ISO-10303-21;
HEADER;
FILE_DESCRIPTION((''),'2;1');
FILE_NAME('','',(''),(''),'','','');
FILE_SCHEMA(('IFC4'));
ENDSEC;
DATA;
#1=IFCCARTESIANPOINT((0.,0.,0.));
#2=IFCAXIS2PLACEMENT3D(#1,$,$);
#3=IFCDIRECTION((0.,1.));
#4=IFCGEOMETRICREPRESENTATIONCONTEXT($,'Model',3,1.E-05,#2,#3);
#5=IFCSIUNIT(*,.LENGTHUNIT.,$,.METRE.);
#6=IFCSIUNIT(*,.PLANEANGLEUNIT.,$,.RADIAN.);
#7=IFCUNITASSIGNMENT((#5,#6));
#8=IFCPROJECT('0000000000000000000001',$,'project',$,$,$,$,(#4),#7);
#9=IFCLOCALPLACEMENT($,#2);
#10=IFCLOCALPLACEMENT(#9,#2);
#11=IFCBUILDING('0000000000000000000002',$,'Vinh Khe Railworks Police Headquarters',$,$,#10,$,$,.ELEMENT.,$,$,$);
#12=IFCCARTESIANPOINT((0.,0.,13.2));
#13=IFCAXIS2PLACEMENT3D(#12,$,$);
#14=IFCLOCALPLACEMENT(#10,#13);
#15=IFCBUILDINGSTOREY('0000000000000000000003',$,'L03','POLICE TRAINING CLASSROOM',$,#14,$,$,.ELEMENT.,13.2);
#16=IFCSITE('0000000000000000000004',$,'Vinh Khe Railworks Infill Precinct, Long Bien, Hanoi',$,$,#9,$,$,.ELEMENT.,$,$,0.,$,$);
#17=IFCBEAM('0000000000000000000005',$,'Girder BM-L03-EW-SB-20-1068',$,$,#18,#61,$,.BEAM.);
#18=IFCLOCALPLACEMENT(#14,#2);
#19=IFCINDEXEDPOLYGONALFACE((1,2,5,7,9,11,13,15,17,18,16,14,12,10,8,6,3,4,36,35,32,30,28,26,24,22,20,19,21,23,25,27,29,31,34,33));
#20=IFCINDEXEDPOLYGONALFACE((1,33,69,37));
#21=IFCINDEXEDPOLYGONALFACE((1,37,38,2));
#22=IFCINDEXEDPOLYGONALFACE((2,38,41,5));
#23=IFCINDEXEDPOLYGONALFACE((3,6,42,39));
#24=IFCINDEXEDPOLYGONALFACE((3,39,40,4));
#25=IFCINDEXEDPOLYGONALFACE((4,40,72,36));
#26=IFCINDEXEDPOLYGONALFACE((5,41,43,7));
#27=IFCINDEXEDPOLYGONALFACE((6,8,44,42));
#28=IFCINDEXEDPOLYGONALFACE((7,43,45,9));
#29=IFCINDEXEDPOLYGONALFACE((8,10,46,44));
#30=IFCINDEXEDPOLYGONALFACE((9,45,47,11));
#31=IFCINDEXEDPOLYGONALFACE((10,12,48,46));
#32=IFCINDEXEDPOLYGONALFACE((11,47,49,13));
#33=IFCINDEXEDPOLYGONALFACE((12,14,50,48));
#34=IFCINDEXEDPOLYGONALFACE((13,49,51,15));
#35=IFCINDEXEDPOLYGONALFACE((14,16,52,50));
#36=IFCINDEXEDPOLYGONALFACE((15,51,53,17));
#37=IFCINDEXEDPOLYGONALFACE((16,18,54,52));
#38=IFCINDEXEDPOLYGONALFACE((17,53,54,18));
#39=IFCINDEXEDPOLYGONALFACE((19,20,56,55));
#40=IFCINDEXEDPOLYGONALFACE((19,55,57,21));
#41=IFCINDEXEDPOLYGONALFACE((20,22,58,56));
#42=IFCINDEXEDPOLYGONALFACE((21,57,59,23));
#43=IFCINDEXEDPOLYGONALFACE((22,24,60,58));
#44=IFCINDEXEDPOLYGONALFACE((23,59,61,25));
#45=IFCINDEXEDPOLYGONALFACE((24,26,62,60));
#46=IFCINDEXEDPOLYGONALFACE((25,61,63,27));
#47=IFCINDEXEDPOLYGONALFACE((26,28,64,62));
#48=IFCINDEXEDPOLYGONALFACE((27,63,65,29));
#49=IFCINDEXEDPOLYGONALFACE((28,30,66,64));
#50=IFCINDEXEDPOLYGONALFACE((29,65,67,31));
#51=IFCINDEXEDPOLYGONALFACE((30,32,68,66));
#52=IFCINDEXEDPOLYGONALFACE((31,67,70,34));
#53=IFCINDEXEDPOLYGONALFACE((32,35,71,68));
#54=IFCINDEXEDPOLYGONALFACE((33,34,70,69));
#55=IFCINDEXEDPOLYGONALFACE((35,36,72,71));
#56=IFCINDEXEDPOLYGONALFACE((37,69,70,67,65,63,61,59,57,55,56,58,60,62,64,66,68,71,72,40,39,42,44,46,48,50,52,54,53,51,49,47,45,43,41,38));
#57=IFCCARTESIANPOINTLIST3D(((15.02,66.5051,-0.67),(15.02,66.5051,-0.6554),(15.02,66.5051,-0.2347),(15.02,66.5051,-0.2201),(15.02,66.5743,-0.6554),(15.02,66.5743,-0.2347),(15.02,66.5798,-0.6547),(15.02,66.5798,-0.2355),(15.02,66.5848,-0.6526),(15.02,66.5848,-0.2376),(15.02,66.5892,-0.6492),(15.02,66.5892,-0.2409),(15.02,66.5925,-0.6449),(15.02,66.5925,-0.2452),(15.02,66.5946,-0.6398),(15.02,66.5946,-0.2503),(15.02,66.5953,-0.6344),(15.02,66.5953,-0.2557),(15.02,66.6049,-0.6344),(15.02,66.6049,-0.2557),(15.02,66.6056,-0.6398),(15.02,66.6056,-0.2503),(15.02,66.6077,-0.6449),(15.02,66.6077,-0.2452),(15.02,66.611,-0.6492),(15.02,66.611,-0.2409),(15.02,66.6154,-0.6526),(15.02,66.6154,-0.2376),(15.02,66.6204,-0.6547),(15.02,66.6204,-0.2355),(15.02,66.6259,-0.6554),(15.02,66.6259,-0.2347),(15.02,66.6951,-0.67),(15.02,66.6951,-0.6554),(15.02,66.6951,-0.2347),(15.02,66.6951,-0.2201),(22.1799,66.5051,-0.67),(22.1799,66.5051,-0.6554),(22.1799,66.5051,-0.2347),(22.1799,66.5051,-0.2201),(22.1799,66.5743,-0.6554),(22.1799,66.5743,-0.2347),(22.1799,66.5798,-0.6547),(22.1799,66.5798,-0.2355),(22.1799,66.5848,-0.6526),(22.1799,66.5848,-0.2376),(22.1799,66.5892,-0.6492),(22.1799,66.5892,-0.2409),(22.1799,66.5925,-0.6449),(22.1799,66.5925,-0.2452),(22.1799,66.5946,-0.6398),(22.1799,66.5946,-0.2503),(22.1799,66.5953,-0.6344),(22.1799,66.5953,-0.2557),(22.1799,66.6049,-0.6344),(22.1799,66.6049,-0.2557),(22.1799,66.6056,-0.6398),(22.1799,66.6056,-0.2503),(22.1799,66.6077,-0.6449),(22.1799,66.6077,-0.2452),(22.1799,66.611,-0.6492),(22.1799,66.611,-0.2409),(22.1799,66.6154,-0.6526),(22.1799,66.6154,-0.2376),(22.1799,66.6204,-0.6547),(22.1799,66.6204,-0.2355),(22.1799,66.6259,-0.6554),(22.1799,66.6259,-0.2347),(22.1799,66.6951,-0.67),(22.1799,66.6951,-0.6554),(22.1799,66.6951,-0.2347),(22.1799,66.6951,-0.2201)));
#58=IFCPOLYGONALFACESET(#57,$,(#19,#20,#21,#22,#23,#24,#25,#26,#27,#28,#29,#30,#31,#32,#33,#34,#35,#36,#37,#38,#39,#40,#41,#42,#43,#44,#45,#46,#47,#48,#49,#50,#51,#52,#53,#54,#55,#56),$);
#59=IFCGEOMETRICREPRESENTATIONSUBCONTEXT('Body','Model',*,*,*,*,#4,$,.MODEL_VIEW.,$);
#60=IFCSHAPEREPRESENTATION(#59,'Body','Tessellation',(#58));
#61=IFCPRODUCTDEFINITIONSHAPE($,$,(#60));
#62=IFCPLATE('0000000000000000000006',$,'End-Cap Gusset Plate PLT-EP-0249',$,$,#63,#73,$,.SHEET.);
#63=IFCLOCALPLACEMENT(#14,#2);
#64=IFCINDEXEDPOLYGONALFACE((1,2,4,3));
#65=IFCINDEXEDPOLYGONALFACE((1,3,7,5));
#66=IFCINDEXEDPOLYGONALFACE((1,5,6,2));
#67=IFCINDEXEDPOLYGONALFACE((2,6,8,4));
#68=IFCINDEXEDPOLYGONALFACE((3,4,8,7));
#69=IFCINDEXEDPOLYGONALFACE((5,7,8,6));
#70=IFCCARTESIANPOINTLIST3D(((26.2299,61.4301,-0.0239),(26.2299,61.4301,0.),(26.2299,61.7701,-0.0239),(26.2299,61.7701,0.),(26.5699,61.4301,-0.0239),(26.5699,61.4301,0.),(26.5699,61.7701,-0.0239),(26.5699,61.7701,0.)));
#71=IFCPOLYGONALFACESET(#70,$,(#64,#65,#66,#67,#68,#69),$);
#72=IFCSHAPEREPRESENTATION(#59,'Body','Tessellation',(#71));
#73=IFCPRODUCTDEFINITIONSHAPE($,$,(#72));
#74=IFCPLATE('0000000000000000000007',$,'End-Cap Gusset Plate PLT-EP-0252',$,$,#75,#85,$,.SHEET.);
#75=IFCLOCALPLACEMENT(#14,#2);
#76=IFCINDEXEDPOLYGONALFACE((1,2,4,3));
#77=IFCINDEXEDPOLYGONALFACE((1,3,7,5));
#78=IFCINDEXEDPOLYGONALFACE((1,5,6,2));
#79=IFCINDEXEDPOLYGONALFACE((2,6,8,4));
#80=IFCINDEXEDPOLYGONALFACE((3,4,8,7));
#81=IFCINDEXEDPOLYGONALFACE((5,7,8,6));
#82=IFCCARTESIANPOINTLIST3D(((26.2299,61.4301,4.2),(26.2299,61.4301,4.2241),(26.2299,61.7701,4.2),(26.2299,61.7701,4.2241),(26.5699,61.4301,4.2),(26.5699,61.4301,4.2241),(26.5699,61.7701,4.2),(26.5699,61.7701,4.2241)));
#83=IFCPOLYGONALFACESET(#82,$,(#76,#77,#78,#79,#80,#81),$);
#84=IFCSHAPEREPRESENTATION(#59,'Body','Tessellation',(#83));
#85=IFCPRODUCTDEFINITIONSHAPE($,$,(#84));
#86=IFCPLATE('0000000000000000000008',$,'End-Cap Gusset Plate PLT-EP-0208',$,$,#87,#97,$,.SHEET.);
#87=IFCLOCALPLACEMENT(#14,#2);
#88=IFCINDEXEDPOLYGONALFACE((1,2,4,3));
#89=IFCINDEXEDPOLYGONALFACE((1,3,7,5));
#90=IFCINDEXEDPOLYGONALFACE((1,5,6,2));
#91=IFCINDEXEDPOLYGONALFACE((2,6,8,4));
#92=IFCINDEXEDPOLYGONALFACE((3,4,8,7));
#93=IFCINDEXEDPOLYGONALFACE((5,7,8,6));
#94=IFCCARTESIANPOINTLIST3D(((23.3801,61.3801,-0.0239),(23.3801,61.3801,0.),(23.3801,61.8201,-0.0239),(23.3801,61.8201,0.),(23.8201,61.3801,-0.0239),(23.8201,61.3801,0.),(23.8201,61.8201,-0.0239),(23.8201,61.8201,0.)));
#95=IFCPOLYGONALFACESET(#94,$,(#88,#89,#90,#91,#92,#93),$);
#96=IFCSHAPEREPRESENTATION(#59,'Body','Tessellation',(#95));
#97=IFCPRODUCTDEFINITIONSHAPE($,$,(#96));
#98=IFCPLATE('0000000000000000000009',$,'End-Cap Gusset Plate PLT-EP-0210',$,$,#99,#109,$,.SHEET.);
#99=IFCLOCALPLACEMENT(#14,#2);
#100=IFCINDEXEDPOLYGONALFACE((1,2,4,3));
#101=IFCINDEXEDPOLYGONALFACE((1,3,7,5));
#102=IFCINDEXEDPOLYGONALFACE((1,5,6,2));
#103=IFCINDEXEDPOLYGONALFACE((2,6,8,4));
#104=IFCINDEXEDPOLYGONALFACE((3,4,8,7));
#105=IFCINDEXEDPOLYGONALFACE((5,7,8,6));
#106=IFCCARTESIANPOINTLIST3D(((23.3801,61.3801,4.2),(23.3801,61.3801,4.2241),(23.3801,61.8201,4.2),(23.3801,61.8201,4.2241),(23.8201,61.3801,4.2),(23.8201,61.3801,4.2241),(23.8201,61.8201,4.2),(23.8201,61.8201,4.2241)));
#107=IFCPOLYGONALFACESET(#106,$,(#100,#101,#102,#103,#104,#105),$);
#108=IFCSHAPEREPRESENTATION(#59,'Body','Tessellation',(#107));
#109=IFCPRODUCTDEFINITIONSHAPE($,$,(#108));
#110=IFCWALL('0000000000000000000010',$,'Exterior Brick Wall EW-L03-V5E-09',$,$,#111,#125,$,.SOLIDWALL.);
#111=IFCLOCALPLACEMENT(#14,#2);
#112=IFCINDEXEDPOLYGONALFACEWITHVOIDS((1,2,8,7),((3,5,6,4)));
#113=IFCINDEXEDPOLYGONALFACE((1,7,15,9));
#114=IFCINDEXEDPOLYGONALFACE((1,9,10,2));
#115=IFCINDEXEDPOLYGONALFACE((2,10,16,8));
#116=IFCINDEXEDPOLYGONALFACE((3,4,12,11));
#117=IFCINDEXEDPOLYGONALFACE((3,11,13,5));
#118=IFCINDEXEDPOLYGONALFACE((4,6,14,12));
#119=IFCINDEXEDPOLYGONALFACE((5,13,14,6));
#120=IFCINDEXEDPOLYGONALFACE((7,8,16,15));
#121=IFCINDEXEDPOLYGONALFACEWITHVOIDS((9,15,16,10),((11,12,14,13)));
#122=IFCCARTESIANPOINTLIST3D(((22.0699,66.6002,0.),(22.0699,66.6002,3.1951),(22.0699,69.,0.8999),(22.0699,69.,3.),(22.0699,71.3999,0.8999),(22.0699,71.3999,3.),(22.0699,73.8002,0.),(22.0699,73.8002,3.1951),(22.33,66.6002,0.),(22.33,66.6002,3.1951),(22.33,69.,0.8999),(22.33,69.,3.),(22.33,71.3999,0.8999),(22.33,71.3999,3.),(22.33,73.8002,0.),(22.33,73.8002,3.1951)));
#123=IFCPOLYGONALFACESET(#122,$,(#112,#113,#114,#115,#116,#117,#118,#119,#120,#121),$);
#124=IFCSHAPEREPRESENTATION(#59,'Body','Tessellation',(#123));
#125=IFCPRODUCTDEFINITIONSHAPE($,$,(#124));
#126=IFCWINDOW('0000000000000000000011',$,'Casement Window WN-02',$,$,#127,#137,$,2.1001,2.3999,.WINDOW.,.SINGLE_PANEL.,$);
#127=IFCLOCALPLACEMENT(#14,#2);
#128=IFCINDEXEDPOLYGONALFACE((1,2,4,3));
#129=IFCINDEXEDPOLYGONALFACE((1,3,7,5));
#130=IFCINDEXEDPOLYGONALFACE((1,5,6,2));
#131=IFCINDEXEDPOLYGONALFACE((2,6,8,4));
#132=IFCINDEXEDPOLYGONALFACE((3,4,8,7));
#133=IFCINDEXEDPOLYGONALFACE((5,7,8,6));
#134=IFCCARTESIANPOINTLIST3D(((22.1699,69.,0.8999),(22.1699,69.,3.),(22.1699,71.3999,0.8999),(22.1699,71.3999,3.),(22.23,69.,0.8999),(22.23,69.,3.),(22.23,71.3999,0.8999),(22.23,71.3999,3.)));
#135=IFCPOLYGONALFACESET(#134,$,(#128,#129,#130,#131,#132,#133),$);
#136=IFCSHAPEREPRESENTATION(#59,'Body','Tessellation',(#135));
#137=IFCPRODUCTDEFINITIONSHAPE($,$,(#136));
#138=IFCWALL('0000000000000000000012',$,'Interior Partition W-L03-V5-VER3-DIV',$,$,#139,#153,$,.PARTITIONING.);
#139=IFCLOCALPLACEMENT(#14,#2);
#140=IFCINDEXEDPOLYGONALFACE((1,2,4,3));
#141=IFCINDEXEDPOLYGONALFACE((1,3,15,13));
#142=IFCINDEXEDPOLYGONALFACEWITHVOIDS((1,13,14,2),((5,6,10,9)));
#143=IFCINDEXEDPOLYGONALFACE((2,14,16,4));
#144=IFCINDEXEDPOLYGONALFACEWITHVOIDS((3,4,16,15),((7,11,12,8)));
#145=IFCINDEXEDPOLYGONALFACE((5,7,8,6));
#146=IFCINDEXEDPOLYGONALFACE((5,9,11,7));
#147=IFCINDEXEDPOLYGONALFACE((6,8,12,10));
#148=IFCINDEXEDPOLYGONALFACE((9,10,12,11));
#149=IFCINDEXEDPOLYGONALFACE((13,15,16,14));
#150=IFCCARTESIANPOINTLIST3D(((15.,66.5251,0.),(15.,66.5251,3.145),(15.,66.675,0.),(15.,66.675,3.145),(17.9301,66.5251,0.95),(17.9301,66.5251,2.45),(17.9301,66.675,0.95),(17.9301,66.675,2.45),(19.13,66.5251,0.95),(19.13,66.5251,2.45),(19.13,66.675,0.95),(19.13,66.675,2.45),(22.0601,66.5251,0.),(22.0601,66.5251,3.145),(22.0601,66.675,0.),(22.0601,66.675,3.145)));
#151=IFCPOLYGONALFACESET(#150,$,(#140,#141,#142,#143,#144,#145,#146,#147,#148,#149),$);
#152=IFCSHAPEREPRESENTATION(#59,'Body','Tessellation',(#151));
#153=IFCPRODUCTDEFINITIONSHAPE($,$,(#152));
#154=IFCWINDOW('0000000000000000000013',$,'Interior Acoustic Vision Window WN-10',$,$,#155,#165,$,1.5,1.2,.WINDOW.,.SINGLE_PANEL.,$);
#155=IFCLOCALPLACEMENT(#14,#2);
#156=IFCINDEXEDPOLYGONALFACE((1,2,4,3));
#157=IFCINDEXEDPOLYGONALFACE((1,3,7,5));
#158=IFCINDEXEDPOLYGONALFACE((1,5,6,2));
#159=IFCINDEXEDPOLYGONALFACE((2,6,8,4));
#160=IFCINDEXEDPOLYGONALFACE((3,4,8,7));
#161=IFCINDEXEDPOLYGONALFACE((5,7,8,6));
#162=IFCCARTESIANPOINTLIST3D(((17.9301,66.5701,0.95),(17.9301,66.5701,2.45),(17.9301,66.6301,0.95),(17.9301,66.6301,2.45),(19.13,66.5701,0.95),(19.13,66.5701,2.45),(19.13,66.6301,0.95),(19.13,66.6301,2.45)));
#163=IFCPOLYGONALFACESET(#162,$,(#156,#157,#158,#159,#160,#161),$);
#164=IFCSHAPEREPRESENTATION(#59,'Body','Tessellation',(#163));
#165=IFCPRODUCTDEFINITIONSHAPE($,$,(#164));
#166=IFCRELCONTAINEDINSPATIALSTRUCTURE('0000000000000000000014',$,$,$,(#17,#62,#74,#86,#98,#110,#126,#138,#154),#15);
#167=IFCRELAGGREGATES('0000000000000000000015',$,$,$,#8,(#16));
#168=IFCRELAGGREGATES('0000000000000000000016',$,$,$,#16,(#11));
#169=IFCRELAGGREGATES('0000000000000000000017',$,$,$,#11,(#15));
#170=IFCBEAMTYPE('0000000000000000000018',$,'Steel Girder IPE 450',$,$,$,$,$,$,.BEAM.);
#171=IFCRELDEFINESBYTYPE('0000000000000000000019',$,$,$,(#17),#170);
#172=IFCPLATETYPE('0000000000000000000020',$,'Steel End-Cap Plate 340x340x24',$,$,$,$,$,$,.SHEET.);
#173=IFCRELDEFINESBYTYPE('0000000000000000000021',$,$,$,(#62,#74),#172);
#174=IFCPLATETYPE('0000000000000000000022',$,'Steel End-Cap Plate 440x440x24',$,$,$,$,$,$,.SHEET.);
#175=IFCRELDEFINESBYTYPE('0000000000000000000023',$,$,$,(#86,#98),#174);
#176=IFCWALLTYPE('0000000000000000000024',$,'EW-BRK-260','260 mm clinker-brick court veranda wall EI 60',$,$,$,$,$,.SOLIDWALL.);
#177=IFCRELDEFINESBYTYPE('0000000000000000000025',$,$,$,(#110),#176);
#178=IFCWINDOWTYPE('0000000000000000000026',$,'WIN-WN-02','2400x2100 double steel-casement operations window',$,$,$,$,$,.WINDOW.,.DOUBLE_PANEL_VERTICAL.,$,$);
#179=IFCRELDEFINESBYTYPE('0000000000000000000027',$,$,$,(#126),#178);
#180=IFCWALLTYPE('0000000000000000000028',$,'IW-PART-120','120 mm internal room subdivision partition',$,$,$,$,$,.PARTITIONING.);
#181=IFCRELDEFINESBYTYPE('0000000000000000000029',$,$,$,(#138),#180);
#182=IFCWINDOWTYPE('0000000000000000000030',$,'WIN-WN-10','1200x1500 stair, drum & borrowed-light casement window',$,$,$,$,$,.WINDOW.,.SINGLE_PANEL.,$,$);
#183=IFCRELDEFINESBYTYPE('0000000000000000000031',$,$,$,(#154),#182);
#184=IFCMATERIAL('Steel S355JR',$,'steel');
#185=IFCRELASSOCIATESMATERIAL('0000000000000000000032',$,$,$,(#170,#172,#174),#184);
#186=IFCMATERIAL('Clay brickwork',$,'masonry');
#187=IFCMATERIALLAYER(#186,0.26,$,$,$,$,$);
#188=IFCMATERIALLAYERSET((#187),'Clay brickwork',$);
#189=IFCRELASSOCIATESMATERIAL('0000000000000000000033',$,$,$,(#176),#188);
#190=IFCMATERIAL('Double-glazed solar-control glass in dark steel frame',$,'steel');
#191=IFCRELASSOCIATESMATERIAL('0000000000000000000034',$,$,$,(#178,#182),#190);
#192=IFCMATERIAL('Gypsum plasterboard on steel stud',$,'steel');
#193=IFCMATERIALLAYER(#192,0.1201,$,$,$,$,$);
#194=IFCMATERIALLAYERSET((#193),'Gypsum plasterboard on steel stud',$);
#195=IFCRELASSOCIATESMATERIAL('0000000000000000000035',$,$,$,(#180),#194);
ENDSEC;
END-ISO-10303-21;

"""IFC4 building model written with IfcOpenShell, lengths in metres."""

from ifc_helpers import new_model, si_unit, direction, frame, frame_2d, origin, origin_2d, place, context, subcontext, project, spatial, rectangle, i_section, extrude, material, layer, layer_set, material_profile, profile_set, type_object, element, fill, save


model = new_model("IFC4")

# Units and contexts
model_context = context("Model", 3, precision=1e-05, world=origin(), true_north=direction((0.0, 1.0)))
body_context = subcontext(model_context, "Body", "Model", "MODEL_VIEW")
ifc_project = project(units=[si_unit("LENGTHUNIT", "METRE"), si_unit("PLANEANGLEUNIT", "RADIAN")], contexts=[model_context])

# Site, building, storey
site_placement = place(None, origin())
site = spatial("IfcSite", under=ifc_project, at=site_placement, Name="Vinh Khe Railworks Infill Precinct, Long Bien, Hanoi", CompositionType="ELEMENT", RefElevation=0.0)
building_placement = place(site_placement, origin())
building = spatial("IfcBuilding", under=site, at=building_placement, Name="Vinh Khe Railworks Police Headquarters", CompositionType="ELEMENT")
storey_placement = place(building_placement, frame((0.0, 0.0, 13.2)))
storey = spatial("IfcBuildingStorey", under=building, at=storey_placement, Name="L03", Description="POLICE TRAINING CLASSROOM", CompositionType="ELEMENT", Elevation=13.2)

# Shared definitions
ifc_material_1 = material(Name="Steel S355JR", Category="steel")

# Beam
ifc_material_profile_1 = material_profile(ifc_material_1, i_section(OverallWidth=0.1899, OverallDepth=0.45, WebThickness=0.0095, FlangeThickness=0.0146, FilletRadius=0.021, at=origin_2d()), Name="IPE 450")
ifc_profile_set_1 = profile_set([ifc_material_profile_1], Name="Steel S355JR")
beam_type = type_object("IfcBeamType", Name="Steel Girder IPE 450", PredefinedType="BEAM", material=ifc_profile_set_1)
beam_placement = place(storey_placement, frame((15.02, 66.6001, -0.4451), z_axis=(1.0, 0.0, 0.0), x_axis=(0.0, 1.0, 0.0)))
element("IfcBeam", 1, at=beam_placement, inside=storey, type_object=beam_type, Name="Girder BM-L03-EW-SB-20-1068", PredefinedType="BEAM", context=body_context, shape_type="SweptSolid", body=[
    extrude(i_section(OverallWidth=0.1899, OverallDepth=0.45, WebThickness=0.0095, FlangeThickness=0.0146, FilletRadius=0.021, at=origin_2d()), origin(), (0.0, 0.0, 1.0), 7.1599),
])

# Plates
ifc_material_profile_2 = material_profile(ifc_material_1, rectangle(XDim=0.3401, YDim=0.3401, at=origin_2d()), Name="PL 340x340")
ifc_profile_set_2 = profile_set([ifc_material_profile_2], Name="Steel S355JR")
plate_type_1 = type_object("IfcPlateType", Name="Steel End-Cap Plate 340x340x24", PredefinedType="SHEET", material=ifc_profile_set_2)
plate_1_placement = place(storey_placement, frame((26.3999, 61.6001, 0.0), z_axis=(0.0, 0.0, -1.0), x_axis=(1.0, 0.0, 0.0)))
element("IfcPlate", 2, at=plate_1_placement, inside=storey, type_object=plate_type_1, Name="End-Cap Gusset Plate PLT-EP-0249", PredefinedType="SHEET", context=body_context, shape_type="SweptSolid", body=[
    extrude(rectangle(XDim=0.3401, YDim=0.3401, at=origin_2d()), origin(), (0.0, 0.0, 1.0), 0.0239),
])
plate_2_placement = place(storey_placement, frame((26.3999, 61.6001, 4.2), z_axis=(0.0, 0.0, 1.0), x_axis=(1.0, 0.0, 0.0)))
element("IfcPlate", 3, at=plate_2_placement, inside=storey, type_object=plate_type_1, Name="End-Cap Gusset Plate PLT-EP-0252", PredefinedType="SHEET", context=body_context, shape_type="SweptSolid", body=[
    extrude(rectangle(XDim=0.3401, YDim=0.3401, at=origin_2d()), origin(), (0.0, 0.0, 1.0), 0.0242),
])
ifc_material_profile_3 = material_profile(ifc_material_1, rectangle(XDim=0.4399, YDim=0.4399, at=origin_2d()), Name="PL 440x440")
ifc_profile_set_3 = profile_set([ifc_material_profile_3], Name="Steel S355JR")
plate_type_2 = type_object("IfcPlateType", Name="Steel End-Cap Plate 440x440x24", PredefinedType="SHEET", material=ifc_profile_set_3)
plate_3_placement = place(storey_placement, frame((23.6001, 61.6001, 0.0), z_axis=(0.0, 0.0, -1.0), x_axis=(1.0, 0.0, 0.0)))
element("IfcPlate", 4, at=plate_3_placement, inside=storey, type_object=plate_type_2, Name="End-Cap Gusset Plate PLT-EP-0208", PredefinedType="SHEET", context=body_context, shape_type="SweptSolid", body=[
    extrude(rectangle(XDim=0.4399, YDim=0.4399, at=origin_2d()), origin(), (0.0, 0.0, 1.0), 0.0239),
])
plate_4_placement = place(storey_placement, frame((23.6001, 61.6001, 4.2), z_axis=(0.0, 0.0, 1.0), x_axis=(1.0, 0.0, 0.0)))
element("IfcPlate", 5, at=plate_4_placement, inside=storey, type_object=plate_type_2, Name="End-Cap Gusset Plate PLT-EP-0210", PredefinedType="SHEET", context=body_context, shape_type="SweptSolid", body=[
    extrude(rectangle(XDim=0.4399, YDim=0.4399, at=origin_2d()), origin(), (0.0, 0.0, 1.0), 0.0242),
])

# Walls, openings, windows
ifc_material_2 = material(Name="Clay brickwork", Category="masonry")
ifc_layer_1 = layer(ifc_material_2, 0.26)
ifc_layer_set_1 = layer_set([ifc_layer_1], Name="Clay brickwork")
wall_type_1 = type_object("IfcWallType", Name="EW-BRK-260", Description="260 mm clinker-brick court veranda wall EI 60", PredefinedType="SOLIDWALL", material=ifc_layer_set_1)
wall_1_placement = place(storey_placement, frame((22.2, 66.6001, 0.0), z_axis=(0.0, 0.0, 1.0), x_axis=(0.0, 1.0, 0.0)))
wall_1 = element("IfcWall", 6, at=wall_1_placement, inside=storey, type_object=wall_type_1, Name="Exterior Brick Wall EW-L03-V5E-09", PredefinedType="SOLIDWALL", context=body_context, shape_type="SweptSolid", body=[
    extrude(rectangle(XDim=7.2, YDim=0.26, at=frame_2d((3.6001, 0.0))), origin(), (0.0, 0.0, 1.0), 3.1951),
])
opening_1_placement = place(wall_1_placement, frame((2.3999, 0.0, 0.8999)))
opening_1 = element("IfcOpeningElement", 7, at=opening_1_placement, cuts=wall_1, PredefinedType="OPENING", context=body_context, shape_type="SweptSolid", body=[
    extrude(rectangle(XDim=2.3999, YDim=2.1001, at=frame_2d((1.2, 1.05))), frame((0.0, 0.145, 0.0), z_axis=(0.0, -1.0, 0.0), x_axis=(1.0, 0.0, 0.0)), (0.0, 0.0, 1.0), 0.2898),
])
ifc_material_3 = material(Name="Double-glazed solar-control glass in dark steel frame", Category="steel")
window_type_1 = type_object("IfcWindowType", Name="WIN-WN-02", Description="2400x2100 double steel-casement operations window", PartitioningType="DOUBLE_PANEL_VERTICAL", PredefinedType="WINDOW", material=ifc_material_3)
window_1_placement = place(opening_1_placement, origin())
window_1 = element("IfcWindow", 8, at=window_1_placement, inside=storey, type_object=window_type_1, Name="Casement Window WN-02", OverallHeight=2.1001, OverallWidth=2.3999, PartitioningType="SINGLE_PANEL", PredefinedType="WINDOW", context=body_context, shape_type="SweptSolid", body=[
    extrude(rectangle(XDim=2.3999, YDim=2.1001, at=frame_2d((1.2, 1.05))), frame((0.0, 0.03, 0.0), z_axis=(0.0, -1.0, 0.0), x_axis=(1.0, 0.0, 0.0)), (0.0, 0.0, 1.0), 0.0601),
])
fill(opening_1, window_1)
ifc_material_4 = material(Name="Gypsum plasterboard on steel stud", Category="steel")
ifc_layer_2 = layer(ifc_material_4, 0.1201)
ifc_layer_set_2 = layer_set([ifc_layer_2], Name="Gypsum plasterboard on steel stud")
wall_type_2 = type_object("IfcWallType", Name="IW-PART-120", Description="120 mm internal room subdivision partition", PredefinedType="PARTITIONING", material=ifc_layer_set_2)
wall_2_placement = place(storey_placement, frame((15.0, 66.6001, 0.0), z_axis=(0.0, 0.0, 1.0), x_axis=(1.0, 0.0, 0.0)))
wall_2 = element("IfcWall", 9, at=wall_2_placement, inside=storey, type_object=wall_type_2, Name="Interior Partition W-L03-V5-VER3-DIV", PredefinedType="PARTITIONING", context=body_context, shape_type="SweptSolid", body=[
    extrude(rectangle(XDim=7.0601, YDim=0.1499, at=frame_2d((3.53, 0.0))), origin(), (0.0, 0.0, 1.0), 3.145),
])
opening_2_placement = place(wall_2_placement, frame((2.9299, 0.0, 0.95)))
opening_2 = element("IfcOpeningElement", 10, at=opening_2_placement, cuts=wall_2, PredefinedType="OPENING", context=body_context, shape_type="SweptSolid", body=[
    extrude(rectangle(XDim=1.2, YDim=1.5, at=frame_2d((0.6001, 0.75))), frame((0.0, 0.0898, 0.0), z_axis=(0.0, -1.0, 0.0), x_axis=(1.0, 0.0, 0.0)), (0.0, 0.0, 1.0), 0.1797),
])
window_type_2 = type_object("IfcWindowType", Name="WIN-WN-10", Description="1200x1500 stair, drum & borrowed-light casement window", PartitioningType="SINGLE_PANEL", PredefinedType="WINDOW", material=ifc_material_3)
window_2_placement = place(opening_2_placement, origin())
window_2 = element("IfcWindow", 11, at=window_2_placement, inside=storey, type_object=window_type_2, Name="Interior Acoustic Vision Window WN-10", OverallHeight=1.5, OverallWidth=1.2, PartitioningType="SINGLE_PANEL", PredefinedType="WINDOW", context=body_context, shape_type="SweptSolid", body=[
    extrude(rectangle(XDim=1.2, YDim=1.5, at=frame_2d((0.6001, 0.75))), frame((0.0, 0.03, 0.0), z_axis=(0.0, -1.0, 0.0), x_axis=(1.0, 0.0, 0.0)), (0.0, 0.0, 1.0), 0.0601),
])
fill(opening_2, window_2)

save(model, "model.ifc")
